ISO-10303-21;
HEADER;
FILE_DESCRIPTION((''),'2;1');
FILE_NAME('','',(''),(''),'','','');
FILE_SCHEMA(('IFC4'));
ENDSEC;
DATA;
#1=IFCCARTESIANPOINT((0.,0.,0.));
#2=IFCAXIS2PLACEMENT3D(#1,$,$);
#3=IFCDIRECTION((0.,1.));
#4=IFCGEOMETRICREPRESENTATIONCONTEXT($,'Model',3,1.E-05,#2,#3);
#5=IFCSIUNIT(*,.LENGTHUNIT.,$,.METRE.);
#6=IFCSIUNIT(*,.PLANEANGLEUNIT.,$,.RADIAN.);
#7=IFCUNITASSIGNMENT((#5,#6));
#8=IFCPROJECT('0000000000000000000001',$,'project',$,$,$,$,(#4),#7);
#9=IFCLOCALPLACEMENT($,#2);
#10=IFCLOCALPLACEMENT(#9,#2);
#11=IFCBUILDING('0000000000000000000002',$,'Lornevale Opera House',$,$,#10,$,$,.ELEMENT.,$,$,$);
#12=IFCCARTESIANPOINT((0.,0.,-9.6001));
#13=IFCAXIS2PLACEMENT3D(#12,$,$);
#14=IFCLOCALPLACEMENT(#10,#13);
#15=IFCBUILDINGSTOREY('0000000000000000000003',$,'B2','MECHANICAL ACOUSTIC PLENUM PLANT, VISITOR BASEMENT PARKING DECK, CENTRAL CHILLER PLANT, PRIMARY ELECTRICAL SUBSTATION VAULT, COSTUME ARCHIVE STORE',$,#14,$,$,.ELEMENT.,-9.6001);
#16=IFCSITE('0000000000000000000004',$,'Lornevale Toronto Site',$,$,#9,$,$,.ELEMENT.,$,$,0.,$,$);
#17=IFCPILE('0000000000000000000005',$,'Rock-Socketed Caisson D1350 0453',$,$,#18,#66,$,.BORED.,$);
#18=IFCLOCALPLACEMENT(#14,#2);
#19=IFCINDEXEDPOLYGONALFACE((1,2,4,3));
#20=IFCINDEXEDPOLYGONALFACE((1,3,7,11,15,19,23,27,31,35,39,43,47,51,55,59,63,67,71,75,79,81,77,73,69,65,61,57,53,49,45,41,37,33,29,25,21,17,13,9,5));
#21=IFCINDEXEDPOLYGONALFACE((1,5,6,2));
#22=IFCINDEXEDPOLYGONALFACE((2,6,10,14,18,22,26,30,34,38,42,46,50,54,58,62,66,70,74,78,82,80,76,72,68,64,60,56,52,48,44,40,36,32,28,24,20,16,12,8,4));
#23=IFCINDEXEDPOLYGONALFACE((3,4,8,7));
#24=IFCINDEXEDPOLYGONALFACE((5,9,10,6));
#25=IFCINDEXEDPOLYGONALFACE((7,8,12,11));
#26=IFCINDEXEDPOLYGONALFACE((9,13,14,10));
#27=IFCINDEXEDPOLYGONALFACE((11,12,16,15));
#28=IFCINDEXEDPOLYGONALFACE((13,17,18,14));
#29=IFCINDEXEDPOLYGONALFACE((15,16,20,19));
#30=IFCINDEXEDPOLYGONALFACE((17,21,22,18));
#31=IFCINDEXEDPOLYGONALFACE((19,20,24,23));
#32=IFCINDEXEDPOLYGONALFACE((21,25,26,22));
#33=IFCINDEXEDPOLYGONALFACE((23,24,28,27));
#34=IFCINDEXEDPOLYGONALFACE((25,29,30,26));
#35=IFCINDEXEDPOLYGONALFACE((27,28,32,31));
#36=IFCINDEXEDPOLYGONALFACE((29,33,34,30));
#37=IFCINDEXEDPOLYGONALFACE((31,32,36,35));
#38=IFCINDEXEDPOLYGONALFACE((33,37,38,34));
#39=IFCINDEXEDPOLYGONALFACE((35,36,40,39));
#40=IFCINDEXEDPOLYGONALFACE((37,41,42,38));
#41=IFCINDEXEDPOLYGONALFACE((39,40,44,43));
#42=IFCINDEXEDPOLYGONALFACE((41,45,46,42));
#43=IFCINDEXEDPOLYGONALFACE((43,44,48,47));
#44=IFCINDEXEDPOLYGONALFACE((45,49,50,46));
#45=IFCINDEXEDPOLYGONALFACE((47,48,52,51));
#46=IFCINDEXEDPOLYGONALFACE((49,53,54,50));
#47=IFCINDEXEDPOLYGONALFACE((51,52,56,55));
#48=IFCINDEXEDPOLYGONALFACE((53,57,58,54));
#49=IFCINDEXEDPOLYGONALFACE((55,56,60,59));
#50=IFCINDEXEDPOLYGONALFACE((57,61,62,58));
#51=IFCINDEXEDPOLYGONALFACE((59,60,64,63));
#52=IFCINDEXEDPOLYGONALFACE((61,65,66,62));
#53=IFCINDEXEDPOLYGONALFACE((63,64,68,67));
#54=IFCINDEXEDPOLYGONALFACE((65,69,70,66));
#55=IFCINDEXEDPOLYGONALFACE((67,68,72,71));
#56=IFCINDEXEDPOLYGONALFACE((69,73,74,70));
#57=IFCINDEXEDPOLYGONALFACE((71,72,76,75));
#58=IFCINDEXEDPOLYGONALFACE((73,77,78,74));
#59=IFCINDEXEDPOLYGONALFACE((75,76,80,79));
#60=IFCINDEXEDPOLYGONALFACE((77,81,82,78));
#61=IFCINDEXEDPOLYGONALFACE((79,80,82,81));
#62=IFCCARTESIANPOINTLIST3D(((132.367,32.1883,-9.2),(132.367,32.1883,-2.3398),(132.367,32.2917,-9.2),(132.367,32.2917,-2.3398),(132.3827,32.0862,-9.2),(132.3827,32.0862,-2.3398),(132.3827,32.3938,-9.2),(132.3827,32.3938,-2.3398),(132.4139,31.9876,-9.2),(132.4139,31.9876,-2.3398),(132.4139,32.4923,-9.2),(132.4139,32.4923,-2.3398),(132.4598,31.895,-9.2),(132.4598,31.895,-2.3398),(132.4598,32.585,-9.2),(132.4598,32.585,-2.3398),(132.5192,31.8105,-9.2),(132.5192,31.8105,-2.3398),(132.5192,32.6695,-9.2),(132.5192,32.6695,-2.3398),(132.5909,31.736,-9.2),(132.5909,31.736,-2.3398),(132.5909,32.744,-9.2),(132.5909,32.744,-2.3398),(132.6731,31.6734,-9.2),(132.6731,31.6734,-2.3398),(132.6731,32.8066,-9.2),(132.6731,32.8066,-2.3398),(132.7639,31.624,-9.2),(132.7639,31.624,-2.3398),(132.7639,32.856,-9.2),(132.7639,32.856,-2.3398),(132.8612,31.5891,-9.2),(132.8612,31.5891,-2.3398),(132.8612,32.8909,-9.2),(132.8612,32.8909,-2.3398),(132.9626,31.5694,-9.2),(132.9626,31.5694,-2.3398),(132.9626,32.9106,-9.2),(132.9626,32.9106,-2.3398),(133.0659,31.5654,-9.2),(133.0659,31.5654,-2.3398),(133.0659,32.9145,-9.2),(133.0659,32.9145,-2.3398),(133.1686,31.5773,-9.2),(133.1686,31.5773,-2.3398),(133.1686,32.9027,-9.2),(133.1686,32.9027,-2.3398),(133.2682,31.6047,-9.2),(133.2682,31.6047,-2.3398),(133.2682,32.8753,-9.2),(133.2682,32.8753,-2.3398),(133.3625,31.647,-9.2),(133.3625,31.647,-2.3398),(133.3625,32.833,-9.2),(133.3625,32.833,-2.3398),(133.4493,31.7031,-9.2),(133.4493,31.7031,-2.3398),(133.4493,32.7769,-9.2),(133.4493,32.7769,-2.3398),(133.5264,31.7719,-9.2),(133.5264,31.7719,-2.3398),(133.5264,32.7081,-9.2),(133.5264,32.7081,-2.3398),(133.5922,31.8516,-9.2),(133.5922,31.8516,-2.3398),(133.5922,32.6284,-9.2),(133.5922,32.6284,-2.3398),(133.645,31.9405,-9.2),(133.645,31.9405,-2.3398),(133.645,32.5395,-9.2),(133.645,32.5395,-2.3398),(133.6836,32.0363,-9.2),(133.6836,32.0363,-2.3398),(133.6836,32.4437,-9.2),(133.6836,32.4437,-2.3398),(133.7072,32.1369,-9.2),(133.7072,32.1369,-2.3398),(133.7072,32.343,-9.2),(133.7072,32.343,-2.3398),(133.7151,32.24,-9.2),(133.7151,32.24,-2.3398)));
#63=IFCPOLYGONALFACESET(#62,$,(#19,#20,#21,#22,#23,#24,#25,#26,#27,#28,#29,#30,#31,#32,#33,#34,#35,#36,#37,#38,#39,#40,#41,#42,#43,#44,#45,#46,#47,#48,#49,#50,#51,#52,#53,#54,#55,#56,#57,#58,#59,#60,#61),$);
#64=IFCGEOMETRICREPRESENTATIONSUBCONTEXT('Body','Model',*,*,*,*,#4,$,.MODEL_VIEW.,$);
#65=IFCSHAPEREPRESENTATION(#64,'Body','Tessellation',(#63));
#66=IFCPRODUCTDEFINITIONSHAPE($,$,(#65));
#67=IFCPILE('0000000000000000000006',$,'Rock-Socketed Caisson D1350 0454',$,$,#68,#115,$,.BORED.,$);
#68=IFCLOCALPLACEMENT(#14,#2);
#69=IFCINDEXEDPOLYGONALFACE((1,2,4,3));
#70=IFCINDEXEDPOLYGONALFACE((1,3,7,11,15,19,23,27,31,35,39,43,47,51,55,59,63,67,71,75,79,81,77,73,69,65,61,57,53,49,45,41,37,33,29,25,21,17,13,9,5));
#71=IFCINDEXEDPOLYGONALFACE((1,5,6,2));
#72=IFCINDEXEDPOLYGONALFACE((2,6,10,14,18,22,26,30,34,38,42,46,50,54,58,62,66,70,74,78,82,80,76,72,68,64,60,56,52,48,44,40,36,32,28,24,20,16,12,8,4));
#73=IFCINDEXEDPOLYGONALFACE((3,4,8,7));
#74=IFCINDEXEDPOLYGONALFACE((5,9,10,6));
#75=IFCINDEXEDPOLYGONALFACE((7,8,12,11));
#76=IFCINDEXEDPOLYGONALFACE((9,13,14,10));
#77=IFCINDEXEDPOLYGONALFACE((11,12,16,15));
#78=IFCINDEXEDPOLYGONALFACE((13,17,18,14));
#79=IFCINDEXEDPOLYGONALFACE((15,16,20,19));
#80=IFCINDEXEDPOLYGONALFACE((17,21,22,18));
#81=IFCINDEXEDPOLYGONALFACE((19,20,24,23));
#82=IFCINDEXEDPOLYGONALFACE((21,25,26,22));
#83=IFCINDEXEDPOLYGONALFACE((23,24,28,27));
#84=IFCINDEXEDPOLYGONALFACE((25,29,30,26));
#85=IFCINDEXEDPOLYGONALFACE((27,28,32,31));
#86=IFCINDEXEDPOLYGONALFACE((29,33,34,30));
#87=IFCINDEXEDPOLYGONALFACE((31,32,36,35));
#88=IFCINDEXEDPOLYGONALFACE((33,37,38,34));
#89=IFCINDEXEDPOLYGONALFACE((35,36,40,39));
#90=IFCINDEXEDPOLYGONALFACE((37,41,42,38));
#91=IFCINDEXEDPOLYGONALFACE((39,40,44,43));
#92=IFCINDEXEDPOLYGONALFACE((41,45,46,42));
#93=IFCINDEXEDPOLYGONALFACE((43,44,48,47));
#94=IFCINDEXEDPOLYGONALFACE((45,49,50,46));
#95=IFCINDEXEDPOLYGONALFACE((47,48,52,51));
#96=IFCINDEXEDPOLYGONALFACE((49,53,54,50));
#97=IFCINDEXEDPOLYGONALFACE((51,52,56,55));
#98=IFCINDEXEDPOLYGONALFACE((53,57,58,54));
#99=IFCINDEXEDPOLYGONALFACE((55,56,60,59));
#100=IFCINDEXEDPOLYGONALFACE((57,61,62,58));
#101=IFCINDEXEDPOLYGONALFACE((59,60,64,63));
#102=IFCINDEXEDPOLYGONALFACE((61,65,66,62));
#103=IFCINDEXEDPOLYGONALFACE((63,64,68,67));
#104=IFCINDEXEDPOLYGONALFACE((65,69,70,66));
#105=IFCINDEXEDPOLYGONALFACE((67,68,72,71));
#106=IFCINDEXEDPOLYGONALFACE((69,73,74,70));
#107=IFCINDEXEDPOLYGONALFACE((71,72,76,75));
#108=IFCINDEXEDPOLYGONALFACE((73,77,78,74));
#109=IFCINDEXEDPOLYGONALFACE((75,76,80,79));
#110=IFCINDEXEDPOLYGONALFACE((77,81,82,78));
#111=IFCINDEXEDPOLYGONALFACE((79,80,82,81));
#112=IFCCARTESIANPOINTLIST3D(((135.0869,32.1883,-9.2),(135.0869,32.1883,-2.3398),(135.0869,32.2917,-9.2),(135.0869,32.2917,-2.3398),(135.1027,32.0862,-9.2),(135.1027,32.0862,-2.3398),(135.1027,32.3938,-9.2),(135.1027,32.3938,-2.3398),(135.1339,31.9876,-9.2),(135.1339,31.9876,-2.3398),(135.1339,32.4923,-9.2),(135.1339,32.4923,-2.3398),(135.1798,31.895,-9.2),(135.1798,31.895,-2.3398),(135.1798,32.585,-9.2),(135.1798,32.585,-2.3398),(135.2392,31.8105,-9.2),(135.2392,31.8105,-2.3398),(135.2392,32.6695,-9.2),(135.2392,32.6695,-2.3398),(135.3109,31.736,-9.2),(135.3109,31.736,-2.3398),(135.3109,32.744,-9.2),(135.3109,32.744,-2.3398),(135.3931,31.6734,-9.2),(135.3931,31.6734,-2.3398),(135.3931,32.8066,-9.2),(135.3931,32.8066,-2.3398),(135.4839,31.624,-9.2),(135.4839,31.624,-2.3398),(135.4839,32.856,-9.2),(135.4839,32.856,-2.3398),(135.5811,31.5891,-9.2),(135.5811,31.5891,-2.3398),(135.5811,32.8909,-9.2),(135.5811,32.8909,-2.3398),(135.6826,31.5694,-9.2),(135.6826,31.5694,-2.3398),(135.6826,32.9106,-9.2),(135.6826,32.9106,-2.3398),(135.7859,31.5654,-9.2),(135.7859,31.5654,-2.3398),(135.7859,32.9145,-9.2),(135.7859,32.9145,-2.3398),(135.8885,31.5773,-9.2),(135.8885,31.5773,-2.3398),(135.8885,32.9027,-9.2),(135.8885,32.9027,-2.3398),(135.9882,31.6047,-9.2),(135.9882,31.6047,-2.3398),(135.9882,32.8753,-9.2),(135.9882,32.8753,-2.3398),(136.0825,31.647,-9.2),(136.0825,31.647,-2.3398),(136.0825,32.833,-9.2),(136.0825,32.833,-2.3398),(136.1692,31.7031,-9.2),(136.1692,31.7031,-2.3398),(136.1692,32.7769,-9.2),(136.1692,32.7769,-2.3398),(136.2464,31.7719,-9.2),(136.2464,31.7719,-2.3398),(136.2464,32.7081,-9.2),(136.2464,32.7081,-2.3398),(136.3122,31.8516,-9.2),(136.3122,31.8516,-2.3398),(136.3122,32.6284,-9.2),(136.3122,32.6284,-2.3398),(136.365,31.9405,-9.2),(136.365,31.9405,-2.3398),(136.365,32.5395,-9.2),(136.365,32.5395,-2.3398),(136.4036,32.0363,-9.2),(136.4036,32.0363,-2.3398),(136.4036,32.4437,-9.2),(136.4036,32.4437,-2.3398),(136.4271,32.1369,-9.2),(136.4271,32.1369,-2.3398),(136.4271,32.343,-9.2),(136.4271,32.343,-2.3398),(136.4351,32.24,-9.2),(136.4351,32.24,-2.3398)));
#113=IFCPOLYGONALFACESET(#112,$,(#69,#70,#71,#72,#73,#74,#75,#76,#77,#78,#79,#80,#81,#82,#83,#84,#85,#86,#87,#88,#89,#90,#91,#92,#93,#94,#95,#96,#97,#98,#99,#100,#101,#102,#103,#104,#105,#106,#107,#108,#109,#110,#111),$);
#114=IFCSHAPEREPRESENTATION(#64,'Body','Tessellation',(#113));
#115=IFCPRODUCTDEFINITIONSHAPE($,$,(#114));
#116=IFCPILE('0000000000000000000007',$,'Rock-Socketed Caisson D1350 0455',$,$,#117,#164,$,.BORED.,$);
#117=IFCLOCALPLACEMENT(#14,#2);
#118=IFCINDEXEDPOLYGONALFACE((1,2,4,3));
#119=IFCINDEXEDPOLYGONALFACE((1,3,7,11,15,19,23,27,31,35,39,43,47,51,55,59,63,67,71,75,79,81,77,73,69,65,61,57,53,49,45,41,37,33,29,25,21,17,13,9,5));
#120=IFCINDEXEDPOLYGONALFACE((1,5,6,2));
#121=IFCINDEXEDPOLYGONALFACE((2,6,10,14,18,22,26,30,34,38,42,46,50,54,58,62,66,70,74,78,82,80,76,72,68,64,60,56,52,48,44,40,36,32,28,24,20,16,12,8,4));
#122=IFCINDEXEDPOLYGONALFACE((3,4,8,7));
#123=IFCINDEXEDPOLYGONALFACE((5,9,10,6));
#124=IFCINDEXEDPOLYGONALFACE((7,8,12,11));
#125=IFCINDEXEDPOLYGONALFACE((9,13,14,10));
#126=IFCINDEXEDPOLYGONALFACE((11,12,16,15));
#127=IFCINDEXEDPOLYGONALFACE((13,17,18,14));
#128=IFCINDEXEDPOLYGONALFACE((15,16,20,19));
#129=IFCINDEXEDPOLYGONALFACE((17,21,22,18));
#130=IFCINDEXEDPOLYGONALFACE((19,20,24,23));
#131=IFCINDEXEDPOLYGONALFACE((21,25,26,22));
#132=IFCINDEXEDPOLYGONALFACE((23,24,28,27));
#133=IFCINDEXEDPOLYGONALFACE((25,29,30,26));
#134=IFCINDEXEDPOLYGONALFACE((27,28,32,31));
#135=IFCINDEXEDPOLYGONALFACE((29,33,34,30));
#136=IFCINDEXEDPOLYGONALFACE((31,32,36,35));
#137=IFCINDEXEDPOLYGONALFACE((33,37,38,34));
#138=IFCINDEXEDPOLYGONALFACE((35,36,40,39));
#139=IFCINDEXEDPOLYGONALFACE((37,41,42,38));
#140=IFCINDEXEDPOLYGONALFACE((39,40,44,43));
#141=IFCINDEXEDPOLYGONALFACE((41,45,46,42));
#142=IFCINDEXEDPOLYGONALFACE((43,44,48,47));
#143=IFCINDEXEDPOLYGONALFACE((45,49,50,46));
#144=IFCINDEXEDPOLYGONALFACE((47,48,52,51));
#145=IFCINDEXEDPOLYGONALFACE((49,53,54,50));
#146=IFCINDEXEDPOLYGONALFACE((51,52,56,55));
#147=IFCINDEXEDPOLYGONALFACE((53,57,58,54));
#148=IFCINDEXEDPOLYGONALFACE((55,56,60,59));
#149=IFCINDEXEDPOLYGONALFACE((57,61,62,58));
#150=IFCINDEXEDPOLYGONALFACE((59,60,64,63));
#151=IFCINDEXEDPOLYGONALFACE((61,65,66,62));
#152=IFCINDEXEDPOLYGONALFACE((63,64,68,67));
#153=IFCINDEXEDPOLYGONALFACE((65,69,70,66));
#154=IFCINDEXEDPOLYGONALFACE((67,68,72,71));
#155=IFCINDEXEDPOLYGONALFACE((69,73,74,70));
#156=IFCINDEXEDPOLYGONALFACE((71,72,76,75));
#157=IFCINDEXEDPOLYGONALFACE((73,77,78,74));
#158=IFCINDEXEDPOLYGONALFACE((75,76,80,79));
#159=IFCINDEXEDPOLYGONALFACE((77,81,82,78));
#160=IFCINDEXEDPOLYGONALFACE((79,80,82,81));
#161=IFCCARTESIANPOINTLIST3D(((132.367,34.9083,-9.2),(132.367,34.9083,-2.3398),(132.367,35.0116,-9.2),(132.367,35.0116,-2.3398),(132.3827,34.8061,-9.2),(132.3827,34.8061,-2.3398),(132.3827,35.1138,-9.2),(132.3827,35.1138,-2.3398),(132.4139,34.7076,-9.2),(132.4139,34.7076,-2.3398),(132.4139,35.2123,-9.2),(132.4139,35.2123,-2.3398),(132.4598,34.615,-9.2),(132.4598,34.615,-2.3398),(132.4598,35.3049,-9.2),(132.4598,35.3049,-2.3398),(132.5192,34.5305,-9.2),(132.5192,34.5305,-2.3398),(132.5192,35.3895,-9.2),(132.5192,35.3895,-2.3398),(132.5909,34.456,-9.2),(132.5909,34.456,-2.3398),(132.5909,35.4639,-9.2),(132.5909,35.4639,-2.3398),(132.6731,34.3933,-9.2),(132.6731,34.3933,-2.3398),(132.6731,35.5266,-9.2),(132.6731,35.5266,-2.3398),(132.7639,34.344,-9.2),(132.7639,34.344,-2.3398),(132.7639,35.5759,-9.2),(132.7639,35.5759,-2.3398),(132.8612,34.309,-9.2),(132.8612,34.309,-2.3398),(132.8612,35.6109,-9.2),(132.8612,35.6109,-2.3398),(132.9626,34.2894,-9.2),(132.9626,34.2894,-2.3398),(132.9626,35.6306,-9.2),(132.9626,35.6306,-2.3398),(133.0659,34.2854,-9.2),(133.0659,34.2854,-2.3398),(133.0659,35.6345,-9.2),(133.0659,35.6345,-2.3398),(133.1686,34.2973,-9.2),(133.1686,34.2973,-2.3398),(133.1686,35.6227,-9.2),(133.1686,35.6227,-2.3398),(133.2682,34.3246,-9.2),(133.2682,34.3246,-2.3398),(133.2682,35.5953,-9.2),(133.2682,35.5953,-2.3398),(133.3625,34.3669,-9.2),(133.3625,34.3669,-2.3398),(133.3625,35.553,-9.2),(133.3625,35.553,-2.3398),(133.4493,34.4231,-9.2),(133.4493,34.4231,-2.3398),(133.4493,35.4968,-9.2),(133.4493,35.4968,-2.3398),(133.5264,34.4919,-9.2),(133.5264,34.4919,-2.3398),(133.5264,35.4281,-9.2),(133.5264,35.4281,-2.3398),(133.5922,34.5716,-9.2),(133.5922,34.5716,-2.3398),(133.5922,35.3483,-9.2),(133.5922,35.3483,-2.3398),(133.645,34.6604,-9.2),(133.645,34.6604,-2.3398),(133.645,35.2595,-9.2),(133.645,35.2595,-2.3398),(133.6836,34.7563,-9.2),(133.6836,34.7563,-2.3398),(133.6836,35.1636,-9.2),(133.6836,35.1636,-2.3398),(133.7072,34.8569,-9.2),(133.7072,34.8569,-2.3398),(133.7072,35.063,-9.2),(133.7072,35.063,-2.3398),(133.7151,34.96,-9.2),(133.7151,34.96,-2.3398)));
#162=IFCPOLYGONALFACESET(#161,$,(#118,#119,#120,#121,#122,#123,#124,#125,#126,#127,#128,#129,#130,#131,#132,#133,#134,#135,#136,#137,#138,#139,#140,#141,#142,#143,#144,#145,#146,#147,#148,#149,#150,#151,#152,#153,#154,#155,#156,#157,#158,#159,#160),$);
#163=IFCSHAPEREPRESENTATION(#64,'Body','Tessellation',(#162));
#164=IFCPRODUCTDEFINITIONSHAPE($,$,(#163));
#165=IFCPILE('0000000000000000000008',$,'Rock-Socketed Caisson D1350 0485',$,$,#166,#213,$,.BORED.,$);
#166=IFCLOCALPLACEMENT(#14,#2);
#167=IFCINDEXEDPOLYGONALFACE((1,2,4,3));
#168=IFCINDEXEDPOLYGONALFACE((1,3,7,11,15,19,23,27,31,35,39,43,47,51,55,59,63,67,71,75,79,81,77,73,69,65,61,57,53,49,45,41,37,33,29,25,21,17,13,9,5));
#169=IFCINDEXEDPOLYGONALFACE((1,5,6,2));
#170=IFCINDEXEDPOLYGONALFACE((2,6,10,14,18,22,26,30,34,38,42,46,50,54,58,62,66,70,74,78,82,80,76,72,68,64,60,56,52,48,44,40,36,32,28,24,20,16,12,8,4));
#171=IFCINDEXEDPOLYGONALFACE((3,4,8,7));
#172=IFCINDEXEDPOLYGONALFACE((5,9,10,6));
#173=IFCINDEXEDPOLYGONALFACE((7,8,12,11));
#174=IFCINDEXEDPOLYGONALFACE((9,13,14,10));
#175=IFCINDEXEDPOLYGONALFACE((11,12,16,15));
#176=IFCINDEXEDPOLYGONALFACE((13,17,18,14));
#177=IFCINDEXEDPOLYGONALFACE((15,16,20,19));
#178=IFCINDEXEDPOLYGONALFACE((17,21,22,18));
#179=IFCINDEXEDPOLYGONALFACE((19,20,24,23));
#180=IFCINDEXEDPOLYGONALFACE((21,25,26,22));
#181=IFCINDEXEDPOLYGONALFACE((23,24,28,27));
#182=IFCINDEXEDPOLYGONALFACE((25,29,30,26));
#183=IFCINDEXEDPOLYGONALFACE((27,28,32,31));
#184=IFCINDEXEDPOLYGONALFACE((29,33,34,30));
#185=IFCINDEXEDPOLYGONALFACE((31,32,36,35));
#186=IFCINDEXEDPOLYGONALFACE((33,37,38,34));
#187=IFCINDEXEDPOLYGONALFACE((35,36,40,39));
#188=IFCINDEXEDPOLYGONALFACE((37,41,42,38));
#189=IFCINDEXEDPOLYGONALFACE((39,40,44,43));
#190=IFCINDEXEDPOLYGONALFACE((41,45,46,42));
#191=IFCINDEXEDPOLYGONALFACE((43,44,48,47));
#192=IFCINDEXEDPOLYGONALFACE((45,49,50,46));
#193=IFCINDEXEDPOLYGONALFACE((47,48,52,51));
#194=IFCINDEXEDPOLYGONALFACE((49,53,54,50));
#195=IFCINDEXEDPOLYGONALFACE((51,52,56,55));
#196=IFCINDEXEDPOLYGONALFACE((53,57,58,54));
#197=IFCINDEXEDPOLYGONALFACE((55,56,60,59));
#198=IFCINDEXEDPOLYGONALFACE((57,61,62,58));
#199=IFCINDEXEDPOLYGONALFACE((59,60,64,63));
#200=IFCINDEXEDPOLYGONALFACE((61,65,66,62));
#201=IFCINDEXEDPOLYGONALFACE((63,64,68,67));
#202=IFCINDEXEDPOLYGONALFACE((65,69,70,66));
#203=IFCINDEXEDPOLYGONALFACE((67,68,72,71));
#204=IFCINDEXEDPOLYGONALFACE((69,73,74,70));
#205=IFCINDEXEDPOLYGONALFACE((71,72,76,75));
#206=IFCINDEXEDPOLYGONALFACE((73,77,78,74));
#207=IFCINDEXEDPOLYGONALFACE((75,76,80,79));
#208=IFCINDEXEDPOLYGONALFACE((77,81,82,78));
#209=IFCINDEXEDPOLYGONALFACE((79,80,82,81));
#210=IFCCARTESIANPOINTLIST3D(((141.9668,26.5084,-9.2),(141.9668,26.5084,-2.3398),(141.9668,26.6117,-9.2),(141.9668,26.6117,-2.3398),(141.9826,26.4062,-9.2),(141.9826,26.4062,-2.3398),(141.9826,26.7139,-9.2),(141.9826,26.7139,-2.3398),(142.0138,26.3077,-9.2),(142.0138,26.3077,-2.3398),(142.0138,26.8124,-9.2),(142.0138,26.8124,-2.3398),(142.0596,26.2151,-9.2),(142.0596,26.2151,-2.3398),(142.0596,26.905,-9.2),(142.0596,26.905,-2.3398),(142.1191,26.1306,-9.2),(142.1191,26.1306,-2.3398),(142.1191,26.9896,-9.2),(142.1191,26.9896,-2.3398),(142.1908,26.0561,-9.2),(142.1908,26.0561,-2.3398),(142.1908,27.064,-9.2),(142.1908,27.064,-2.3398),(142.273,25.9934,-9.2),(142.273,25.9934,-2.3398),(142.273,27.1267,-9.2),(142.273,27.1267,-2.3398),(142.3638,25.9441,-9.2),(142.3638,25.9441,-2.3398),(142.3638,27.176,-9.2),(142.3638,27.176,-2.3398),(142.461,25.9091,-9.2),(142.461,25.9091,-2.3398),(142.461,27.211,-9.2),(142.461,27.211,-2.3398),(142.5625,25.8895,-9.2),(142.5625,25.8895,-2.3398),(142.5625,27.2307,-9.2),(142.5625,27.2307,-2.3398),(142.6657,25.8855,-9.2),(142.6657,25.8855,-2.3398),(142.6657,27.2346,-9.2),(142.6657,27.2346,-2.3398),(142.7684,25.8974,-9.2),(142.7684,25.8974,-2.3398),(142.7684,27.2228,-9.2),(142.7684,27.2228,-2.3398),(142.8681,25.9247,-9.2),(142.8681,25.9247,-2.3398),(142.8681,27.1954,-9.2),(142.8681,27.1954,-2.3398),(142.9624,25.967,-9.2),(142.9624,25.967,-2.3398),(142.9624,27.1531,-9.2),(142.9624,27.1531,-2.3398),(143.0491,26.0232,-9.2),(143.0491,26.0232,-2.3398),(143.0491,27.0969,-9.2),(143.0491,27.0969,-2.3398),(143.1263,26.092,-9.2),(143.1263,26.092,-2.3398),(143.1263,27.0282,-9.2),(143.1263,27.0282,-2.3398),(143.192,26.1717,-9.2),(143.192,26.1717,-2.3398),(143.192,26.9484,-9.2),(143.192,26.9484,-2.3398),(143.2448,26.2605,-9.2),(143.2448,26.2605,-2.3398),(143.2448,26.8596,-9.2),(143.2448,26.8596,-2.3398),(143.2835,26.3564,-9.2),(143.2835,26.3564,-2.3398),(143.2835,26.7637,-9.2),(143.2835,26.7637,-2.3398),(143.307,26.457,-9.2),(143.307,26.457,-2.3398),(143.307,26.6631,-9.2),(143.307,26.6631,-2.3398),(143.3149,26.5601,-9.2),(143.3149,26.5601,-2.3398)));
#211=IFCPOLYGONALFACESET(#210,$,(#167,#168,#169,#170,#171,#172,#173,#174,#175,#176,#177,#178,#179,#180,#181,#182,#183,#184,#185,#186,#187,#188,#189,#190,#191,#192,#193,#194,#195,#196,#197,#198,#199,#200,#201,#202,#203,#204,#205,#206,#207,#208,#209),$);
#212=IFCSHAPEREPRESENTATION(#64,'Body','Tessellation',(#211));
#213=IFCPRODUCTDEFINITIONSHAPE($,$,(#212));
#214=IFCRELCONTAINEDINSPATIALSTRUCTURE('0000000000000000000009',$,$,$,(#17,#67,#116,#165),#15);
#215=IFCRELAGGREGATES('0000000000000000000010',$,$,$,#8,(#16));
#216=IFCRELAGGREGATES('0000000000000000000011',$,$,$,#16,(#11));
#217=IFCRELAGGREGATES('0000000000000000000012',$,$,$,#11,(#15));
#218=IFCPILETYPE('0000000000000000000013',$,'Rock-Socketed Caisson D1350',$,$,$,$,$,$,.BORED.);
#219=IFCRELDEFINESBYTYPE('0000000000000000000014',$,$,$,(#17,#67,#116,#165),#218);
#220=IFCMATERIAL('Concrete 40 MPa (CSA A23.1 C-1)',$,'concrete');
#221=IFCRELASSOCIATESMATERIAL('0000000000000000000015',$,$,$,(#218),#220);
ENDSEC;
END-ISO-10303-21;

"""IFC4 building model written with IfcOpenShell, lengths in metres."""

from ifc_helpers import new_model, si_unit, direction, frame, origin, origin_2d, place, context, subcontext, project, spatial, circle, extrude, material, material_profile, profile_set, type_object, element, save


model = new_model("IFC4")

# Units and contexts
model_context = context("Model", 3, precision=1e-05, world=origin(), true_north=direction((0.0, 1.0)))
body_context = subcontext(model_context, "Body", "Model", "MODEL_VIEW")
ifc_project = project(units=[si_unit("LENGTHUNIT", "METRE"), si_unit("PLANEANGLEUNIT", "RADIAN")], contexts=[model_context])

# Site, building, storey
site_placement = place(None, origin())
site = spatial("IfcSite", under=ifc_project, at=site_placement, Name="Lornevale Toronto Site", CompositionType="ELEMENT", RefElevation=0.0)
building_placement = place(site_placement, origin())
building = spatial("IfcBuilding", under=site, at=building_placement, Name="Lornevale Opera House", CompositionType="ELEMENT")
storey_placement = place(building_placement, frame((0.0, 0.0, -9.6001)))
storey = spatial("IfcBuildingStorey", under=building, at=storey_placement, Name="B2", Description="MECHANICAL ACOUSTIC PLENUM PLANT, VISITOR BASEMENT PARKING DECK, CENTRAL CHILLER PLANT, PRIMARY ELECTRICAL SUBSTATION VAULT, COSTUME ARCHIVE STORE", CompositionType="ELEMENT", Elevation=-9.6001)

# Piles
ifc_material_1 = material(Name="Concrete 40 MPa (CSA A23.1 C-1)", Category="concrete")
ifc_material_profile_1 = material_profile(ifc_material_1, circle(Radius=0.675, at=origin_2d()), Name="CAIS1350")
ifc_profile_set_1 = profile_set([ifc_material_profile_1], Name="Concrete 40 MPa (CSA A23.1 C-1)")
pile_type_1 = type_object("IfcPileType", Name="Rock-Socketed Caisson D1350", PredefinedType="BORED", material=ifc_profile_set_1)
for number, where, z_axis, x_axis, name in (
    (1, (133.04, 32.24, -2.3398), (0.0, 0.0, -1.0), (1.0, 0.0, 0.0), "Rock-Socketed Caisson D1350 0453"),
    (2, (135.76, 32.24, -2.3398), (0.0, 0.0, -1.0), (1.0, 0.0, 0.0), "Rock-Socketed Caisson D1350 0454"),
    (3, (133.04, 34.96, -2.3398), (0.0, 0.0, -1.0), (1.0, 0.0, 0.0), "Rock-Socketed Caisson D1350 0455"),
    (4, (142.6399, 26.5601, -2.3398), (0.0, 0.0, -1.0), (1.0, 0.0, 0.0), "Rock-Socketed Caisson D1350 0485"),
):
    element("IfcPile", number, at=place(storey_placement, frame(where, z_axis=z_axis, x_axis=x_axis)), inside=storey, type_object=pile_type_1, Name=name, PredefinedType="BORED", context=body_context, shape_type="SweptSolid", body=[
        extrude(circle(Radius=0.675, at=origin_2d()), origin(), (0.0, 0.0, 1.0), 6.8601),
    ])

save(model, "model.ifc")
